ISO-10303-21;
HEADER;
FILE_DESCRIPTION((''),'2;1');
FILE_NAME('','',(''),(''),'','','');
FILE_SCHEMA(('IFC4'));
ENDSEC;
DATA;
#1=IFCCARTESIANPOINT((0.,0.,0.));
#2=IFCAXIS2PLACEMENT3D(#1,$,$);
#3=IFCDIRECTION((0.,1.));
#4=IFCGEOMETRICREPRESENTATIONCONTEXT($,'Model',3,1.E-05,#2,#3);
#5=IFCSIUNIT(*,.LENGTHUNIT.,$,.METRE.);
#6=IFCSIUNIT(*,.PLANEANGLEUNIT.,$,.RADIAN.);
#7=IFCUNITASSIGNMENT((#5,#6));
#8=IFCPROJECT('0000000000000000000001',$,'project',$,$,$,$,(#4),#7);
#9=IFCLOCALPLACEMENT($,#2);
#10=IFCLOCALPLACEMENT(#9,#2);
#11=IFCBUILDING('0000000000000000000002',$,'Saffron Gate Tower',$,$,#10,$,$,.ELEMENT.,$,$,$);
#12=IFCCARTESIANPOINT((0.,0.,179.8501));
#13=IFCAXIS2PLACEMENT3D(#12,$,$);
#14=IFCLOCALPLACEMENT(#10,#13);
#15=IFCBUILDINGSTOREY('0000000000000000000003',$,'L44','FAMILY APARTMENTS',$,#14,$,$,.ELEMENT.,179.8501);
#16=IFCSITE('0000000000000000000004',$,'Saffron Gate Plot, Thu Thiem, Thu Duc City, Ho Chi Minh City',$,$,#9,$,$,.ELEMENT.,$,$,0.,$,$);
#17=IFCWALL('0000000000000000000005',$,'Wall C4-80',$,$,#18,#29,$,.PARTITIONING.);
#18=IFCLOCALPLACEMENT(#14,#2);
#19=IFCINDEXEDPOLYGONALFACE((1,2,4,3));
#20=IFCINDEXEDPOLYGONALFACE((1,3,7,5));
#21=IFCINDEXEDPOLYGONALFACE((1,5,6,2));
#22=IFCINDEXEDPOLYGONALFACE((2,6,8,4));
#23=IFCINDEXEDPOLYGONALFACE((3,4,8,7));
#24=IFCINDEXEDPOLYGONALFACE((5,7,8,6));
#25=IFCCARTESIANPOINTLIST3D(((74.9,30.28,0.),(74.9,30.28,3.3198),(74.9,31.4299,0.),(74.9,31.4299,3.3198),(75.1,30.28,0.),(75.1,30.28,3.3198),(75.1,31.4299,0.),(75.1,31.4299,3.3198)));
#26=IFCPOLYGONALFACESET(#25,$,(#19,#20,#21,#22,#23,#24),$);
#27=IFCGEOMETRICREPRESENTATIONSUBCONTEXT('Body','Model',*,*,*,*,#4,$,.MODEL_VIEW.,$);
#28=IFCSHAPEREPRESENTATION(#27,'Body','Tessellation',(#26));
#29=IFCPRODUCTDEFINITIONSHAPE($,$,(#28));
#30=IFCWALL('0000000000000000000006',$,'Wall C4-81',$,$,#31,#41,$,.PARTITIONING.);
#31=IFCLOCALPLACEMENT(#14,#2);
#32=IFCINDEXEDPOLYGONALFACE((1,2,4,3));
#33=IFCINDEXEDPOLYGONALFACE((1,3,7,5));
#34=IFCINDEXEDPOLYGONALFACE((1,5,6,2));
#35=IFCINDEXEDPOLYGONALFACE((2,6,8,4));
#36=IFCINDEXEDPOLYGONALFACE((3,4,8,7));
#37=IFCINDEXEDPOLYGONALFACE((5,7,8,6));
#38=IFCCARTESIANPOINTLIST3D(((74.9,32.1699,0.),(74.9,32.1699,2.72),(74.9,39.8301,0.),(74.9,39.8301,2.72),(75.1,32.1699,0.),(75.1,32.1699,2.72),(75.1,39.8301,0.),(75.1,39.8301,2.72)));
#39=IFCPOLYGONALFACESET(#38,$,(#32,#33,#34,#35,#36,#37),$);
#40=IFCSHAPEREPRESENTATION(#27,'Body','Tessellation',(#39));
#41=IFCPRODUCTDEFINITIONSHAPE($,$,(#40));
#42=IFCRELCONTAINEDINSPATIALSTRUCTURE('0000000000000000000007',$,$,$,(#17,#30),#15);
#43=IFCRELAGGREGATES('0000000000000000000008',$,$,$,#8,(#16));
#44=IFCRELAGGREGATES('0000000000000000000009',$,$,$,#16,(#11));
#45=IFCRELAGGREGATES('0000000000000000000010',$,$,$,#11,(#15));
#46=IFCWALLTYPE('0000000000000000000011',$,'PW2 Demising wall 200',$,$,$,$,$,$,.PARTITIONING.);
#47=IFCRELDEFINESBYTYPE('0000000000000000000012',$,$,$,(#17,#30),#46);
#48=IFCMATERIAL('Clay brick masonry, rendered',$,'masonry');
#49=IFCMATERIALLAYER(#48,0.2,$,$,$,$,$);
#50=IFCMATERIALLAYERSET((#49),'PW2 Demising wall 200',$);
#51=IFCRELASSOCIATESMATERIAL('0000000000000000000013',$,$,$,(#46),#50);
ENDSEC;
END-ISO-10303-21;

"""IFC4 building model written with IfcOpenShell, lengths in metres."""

from ifc_helpers import new_model, si_unit, direction, frame, frame_2d, origin, place, context, subcontext, project, spatial, rectangle, extrude, material, layer, layer_set, type_object, element, save


model = new_model("IFC4")

# Units and contexts
model_context = context("Model", 3, precision=1e-05, world=origin(), true_north=direction((0.0, 1.0)))
body_context = subcontext(model_context, "Body", "Model", "MODEL_VIEW")
ifc_project = project(units=[si_unit("LENGTHUNIT", "METRE"), si_unit("PLANEANGLEUNIT", "RADIAN")], contexts=[model_context])

# Site, building, storey
site_placement = place(None, origin())
site = spatial("IfcSite", under=ifc_project, at=site_placement, Name="Saffron Gate Plot, Thu Thiem, Thu Duc City, Ho Chi Minh City", CompositionType="ELEMENT", RefElevation=0.0)
building_placement = place(site_placement, origin())
building = spatial("IfcBuilding", under=site, at=building_placement, Name="Saffron Gate Tower", CompositionType="ELEMENT")
storey_placement = place(building_placement, frame((0.0, 0.0, 179.8501)))
storey = spatial("IfcBuildingStorey", under=building, at=storey_placement, Name="L44", Description="FAMILY APARTMENTS", CompositionType="ELEMENT", Elevation=179.8501)

# Walls
ifc_material_1 = material(Name="Clay brick masonry, rendered", Category="masonry")
ifc_layer_1 = layer(ifc_material_1, 0.2)
ifc_layer_set_1 = layer_set([ifc_layer_1], Name="PW2 Demising wall 200")
wall_type_1 = type_object("IfcWallType", Name="PW2 Demising wall 200", PredefinedType="PARTITIONING", material=ifc_layer_set_1)
wall_1_placement = place(storey_placement, frame((75.0, 31.4299, 0.0), z_axis=(0.0, 0.0, 1.0), x_axis=(0.0, -1.0, 0.0)))
element("IfcWall", 1, at=wall_1_placement, inside=storey, type_object=wall_type_1, Name="Wall C4-80", PredefinedType="PARTITIONING", context=body_context, shape_type="SweptSolid", body=[
    extrude(rectangle(XDim=1.1499, YDim=0.2, at=frame_2d((0.575, 0.0))), origin(), (0.0, 0.0, 1.0), 3.3198),
])
wall_2_placement = place(storey_placement, frame((75.0, 39.8301, 0.0), z_axis=(0.0, 0.0, 1.0), x_axis=(0.0, -1.0, 0.0)))
element("IfcWall", 2, at=wall_2_placement, inside=storey, type_object=wall_type_1, Name="Wall C4-81", PredefinedType="PARTITIONING", context=body_context, shape_type="SweptSolid", body=[
    extrude(rectangle(XDim=7.6602, YDim=0.2, at=frame_2d((3.8301, 0.0))), origin(), (0.0, 0.0, 1.0), 2.72),
])

save(model, "model.ifc")
